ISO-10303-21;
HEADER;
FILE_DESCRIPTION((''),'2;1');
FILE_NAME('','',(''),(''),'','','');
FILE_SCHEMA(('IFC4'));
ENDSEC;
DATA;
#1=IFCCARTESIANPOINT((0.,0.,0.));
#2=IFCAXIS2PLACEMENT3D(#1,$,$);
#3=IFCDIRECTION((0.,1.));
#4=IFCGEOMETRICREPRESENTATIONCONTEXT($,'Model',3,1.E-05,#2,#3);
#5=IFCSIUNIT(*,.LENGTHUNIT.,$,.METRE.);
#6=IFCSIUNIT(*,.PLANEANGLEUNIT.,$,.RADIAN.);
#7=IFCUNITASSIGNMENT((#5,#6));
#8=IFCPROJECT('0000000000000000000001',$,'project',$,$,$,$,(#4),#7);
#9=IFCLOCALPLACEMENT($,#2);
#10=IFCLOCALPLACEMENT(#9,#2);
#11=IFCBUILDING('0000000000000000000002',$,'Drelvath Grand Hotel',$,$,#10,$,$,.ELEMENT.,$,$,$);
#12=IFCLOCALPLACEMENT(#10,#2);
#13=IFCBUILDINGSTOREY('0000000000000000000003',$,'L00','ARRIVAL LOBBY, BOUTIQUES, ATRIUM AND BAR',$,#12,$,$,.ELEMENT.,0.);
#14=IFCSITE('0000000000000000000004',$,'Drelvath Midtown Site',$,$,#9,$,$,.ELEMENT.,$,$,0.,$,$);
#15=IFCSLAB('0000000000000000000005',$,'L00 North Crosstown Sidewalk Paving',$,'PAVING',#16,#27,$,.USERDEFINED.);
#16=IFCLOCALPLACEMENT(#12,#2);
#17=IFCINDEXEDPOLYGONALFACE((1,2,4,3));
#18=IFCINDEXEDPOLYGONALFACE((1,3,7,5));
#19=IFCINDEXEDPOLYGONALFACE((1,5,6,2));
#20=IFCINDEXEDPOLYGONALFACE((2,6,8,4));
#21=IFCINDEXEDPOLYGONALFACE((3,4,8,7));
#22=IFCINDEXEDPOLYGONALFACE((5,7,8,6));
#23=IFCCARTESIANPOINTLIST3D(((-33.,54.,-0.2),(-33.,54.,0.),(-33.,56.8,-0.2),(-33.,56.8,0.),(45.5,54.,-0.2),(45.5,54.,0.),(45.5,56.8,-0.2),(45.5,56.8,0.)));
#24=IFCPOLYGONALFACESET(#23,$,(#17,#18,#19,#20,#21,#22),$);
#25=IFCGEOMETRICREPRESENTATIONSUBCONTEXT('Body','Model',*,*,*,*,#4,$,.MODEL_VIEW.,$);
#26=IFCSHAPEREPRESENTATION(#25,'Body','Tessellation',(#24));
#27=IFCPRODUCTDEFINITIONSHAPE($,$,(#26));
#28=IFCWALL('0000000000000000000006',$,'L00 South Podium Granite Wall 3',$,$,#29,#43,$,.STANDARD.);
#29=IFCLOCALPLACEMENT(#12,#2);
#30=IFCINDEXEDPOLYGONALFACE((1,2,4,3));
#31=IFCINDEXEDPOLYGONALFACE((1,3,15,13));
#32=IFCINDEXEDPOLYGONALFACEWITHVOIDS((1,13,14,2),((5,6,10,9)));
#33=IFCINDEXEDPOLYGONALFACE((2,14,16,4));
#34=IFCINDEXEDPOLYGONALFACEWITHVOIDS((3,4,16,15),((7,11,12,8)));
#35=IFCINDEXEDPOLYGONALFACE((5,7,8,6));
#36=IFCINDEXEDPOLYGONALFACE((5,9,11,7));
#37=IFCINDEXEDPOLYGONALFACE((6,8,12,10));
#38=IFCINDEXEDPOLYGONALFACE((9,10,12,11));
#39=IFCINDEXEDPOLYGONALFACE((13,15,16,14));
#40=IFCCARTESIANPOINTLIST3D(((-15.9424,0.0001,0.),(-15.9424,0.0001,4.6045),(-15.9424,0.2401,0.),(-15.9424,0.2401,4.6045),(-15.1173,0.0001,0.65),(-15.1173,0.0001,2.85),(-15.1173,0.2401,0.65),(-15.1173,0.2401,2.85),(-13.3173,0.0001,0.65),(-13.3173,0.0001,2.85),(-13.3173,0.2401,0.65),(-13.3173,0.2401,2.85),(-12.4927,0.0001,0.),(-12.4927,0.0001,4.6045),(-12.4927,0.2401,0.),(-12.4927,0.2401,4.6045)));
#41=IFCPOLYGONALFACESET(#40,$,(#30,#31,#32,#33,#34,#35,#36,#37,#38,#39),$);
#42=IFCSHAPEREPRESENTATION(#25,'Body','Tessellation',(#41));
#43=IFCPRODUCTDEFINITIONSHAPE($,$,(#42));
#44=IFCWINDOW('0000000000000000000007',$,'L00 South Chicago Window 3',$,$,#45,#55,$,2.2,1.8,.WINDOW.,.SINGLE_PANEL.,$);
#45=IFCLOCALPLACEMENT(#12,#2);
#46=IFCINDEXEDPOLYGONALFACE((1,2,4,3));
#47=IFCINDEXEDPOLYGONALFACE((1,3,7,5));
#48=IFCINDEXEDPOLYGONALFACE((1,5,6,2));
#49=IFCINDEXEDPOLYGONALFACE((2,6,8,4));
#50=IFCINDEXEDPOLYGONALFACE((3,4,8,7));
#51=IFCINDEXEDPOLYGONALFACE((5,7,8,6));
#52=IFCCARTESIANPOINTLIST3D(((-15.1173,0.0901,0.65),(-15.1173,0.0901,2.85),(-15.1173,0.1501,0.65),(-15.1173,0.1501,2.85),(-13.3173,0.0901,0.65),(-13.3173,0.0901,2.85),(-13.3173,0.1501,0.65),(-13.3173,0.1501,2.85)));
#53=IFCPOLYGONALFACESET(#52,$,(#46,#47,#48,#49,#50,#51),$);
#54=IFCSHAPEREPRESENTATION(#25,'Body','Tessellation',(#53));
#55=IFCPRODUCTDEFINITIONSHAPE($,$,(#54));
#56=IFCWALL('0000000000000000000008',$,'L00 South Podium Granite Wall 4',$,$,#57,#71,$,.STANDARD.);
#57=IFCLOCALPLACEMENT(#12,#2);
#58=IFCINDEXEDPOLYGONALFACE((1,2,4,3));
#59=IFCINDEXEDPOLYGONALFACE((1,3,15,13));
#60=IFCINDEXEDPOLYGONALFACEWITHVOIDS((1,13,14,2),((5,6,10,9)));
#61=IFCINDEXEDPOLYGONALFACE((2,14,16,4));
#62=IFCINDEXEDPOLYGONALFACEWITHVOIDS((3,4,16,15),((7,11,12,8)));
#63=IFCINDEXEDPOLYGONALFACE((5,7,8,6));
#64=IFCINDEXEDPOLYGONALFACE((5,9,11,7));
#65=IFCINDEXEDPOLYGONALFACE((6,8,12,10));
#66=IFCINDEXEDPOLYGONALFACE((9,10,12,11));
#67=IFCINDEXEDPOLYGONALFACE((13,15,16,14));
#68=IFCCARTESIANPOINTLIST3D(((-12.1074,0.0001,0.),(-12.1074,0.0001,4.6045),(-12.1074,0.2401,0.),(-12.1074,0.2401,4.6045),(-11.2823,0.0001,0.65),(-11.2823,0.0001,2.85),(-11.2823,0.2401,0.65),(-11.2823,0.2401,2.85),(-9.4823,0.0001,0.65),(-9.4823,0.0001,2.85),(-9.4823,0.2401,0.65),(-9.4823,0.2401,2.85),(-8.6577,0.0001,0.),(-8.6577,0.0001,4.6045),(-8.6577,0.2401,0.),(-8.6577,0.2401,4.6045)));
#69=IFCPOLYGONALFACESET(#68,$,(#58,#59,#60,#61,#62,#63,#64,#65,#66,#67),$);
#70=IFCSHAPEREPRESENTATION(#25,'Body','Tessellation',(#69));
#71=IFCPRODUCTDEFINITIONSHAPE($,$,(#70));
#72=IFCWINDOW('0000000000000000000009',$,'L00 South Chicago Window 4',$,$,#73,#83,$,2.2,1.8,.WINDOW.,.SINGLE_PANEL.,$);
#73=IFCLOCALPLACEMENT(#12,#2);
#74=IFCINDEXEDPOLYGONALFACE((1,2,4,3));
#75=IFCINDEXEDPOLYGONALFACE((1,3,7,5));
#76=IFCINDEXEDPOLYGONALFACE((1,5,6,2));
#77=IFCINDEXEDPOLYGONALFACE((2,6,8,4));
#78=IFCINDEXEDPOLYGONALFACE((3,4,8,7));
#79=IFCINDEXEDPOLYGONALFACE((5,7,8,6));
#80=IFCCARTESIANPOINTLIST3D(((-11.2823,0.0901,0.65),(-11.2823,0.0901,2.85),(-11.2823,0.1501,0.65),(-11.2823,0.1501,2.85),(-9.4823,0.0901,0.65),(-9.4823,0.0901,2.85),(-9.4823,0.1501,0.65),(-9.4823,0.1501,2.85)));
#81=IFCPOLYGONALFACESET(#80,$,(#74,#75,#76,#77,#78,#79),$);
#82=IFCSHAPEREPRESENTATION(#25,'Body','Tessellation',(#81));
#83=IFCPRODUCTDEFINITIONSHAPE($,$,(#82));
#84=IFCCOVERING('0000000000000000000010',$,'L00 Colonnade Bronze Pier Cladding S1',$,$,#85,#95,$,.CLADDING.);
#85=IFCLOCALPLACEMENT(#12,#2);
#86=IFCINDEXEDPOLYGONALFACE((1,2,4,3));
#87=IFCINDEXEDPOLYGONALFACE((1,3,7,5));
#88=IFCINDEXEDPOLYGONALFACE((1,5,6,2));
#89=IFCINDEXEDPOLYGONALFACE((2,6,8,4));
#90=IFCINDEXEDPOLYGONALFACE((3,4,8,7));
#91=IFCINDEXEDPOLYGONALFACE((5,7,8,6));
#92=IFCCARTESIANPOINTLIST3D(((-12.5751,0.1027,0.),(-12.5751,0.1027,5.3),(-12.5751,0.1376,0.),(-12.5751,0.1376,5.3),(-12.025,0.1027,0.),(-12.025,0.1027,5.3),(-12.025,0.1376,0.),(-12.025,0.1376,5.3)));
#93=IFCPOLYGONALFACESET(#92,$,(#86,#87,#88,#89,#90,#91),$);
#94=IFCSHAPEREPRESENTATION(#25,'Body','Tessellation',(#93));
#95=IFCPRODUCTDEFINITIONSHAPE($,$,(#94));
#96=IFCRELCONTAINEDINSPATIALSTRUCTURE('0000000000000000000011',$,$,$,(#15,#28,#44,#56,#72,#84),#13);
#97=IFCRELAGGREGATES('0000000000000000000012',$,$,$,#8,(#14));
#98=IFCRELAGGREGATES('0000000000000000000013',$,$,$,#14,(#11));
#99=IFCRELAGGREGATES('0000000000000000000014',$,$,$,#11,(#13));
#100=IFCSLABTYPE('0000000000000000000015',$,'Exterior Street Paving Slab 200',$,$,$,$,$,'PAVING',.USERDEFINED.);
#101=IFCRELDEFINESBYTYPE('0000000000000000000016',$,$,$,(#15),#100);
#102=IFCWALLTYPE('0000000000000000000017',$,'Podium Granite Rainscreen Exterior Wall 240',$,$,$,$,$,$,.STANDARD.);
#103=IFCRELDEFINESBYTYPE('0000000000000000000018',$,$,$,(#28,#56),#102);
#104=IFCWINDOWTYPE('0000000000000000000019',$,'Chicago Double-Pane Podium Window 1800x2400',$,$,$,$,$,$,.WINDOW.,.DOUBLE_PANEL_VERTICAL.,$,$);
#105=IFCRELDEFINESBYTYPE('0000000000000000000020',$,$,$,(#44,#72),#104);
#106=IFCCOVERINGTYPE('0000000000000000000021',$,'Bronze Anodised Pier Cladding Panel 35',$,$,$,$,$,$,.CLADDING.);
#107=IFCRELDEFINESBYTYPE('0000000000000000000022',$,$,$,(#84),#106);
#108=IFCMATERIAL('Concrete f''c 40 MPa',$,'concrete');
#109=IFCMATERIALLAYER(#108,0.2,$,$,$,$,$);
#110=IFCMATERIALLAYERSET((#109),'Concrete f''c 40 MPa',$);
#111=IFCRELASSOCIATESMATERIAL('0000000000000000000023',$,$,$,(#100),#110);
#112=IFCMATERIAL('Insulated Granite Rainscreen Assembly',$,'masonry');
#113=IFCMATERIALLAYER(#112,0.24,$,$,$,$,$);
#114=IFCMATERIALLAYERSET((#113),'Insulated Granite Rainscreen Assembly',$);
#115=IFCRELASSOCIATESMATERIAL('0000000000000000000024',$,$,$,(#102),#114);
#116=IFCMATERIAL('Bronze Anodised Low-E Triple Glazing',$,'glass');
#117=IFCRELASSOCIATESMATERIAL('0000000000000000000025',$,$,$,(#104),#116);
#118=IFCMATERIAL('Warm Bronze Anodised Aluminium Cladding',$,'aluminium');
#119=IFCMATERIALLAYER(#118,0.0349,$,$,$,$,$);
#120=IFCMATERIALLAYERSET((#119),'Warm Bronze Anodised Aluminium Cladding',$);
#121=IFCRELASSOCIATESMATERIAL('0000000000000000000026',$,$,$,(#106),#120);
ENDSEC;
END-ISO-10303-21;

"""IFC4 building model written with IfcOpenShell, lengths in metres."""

from ifc_helpers import new_model, si_unit, direction, frame, frame_2d, origin, origin_2d, place, context, subcontext, project, spatial, polyline, rectangle, outline, extrude, material, layer, layer_set, type_object, element, fill, save


model = new_model("IFC4")

# Units and contexts
model_context = context("Model", 3, precision=1e-05, world=origin(), true_north=direction((0.0, 1.0)))
body_context = subcontext(model_context, "Body", "Model", "MODEL_VIEW")
ifc_project = project(units=[si_unit("LENGTHUNIT", "METRE"), si_unit("PLANEANGLEUNIT", "RADIAN")], contexts=[model_context])

# Site, building, storey
site_placement = place(None, origin())
site = spatial("IfcSite", under=ifc_project, at=site_placement, Name="Drelvath Midtown Site", CompositionType="ELEMENT", RefElevation=0.0)
building_placement = place(site_placement, origin())
building = spatial("IfcBuilding", under=site, at=building_placement, Name="Drelvath Grand Hotel", CompositionType="ELEMENT")
storey_placement = place(building_placement, origin())
storey = spatial("IfcBuildingStorey", under=building, at=storey_placement, Name="L00", Description="ARRIVAL LOBBY, BOUTIQUES, ATRIUM AND BAR", CompositionType="ELEMENT", Elevation=0.0)

# Shared definitions
ifc_material_1 = material(Name="Concrete f'c 40 MPa", Category="concrete")

# Slab
ifc_layer_1 = layer(ifc_material_1, 0.2)
ifc_layer_set_1 = layer_set([ifc_layer_1], Name="Concrete f'c 40 MPa")
slab_type_1 = type_object("IfcSlabType", Name="Exterior Street Paving Slab 200", ElementType="PAVING", PredefinedType="USERDEFINED", material=ifc_layer_set_1)
slab_1_placement = place(storey_placement, frame((0.0, 0.0, -0.2)))
element("IfcSlab", 1, at=slab_1_placement, inside=storey, type_object=slab_type_1, Name="L00 North Crosstown Sidewalk Paving", ObjectType="PAVING", PredefinedType="USERDEFINED", context=body_context, shape_type="SweptSolid", body=[
    extrude(outline(polyline([(-33.0, 54.0), (45.5, 54.0), (45.5, 56.8), (-33.0, 56.8), (-33.0, 54.0)])), origin(), (0.0, 0.0, 1.0), 0.2),
])

# Walls, openings, windows
ifc_material_2 = material(Name="Insulated Granite Rainscreen Assembly", Category="masonry")
ifc_layer_2 = layer(ifc_material_2, 0.24)
ifc_layer_set_2 = layer_set([ifc_layer_2], Name="Insulated Granite Rainscreen Assembly")
wall_type = type_object("IfcWallType", Name="Podium Granite Rainscreen Exterior Wall 240", PredefinedType="STANDARD", material=ifc_layer_set_2)
wall_1_placement = place(storey_placement, frame((-12.4927, 0.1201, 0.0), z_axis=(0.0, 0.0, 1.0), x_axis=(-1.0, 0.0, 0.0)))
wall_1 = element("IfcWall", 2, at=wall_1_placement, inside=storey, type_object=wall_type, Name="L00 South Podium Granite Wall 3", PredefinedType="STANDARD", context=body_context, shape_type="SweptSolid", body=[
    extrude(rectangle(XDim=3.4497, YDim=0.24, at=frame_2d((1.7249, 0.0))), origin(), (0.0, 0.0, 1.0), 4.6045),
])
opening_1_placement = place(wall_1_placement, frame((0.8247, 0.0, 0.6499)))
opening_1 = element("IfcOpeningElement", 3, at=opening_1_placement, cuts=wall_1, PredefinedType="OPENING", context=body_context, shape_type="SweptSolid", body=[
    extrude(rectangle(XDim=1.8, YDim=2.2, at=frame_2d((0.8999, 1.1001))), frame((0.0, 0.1299, 0.0), z_axis=(0.0, -1.0, 0.0), x_axis=(1.0, 0.0, 0.0)), (0.0, 0.0, 1.0), 0.26),
])
ifc_material_3 = material(Name="Bronze Anodised Low-E Triple Glazing", Category="glass")
window_type = type_object("IfcWindowType", Name="Chicago Double-Pane Podium Window 1800x2400", PartitioningType="DOUBLE_PANEL_VERTICAL", PredefinedType="WINDOW", material=ifc_material_3)
window_1_placement = place(opening_1_placement, origin())
window_1 = element("IfcWindow", 4, at=window_1_placement, inside=storey, type_object=window_type, Name="L00 South Chicago Window 3", OverallHeight=2.2, OverallWidth=1.8, PartitioningType="SINGLE_PANEL", PredefinedType="WINDOW", context=body_context, shape_type="SweptSolid", body=[
    extrude(rectangle(XDim=1.8, YDim=2.2, at=frame_2d((0.8999, 1.1001))), frame((0.0, 0.03, 0.0), z_axis=(0.0, -1.0, 0.0), x_axis=(1.0, 0.0, 0.0)), (0.0, 0.0, 1.0), 0.0601),
])
fill(opening_1, window_1)
wall_2_placement = place(storey_placement, frame((-8.6577, 0.1201, 0.0), z_axis=(0.0, 0.0, 1.0), x_axis=(-1.0, 0.0, 0.0)))
wall_2 = element("IfcWall", 5, at=wall_2_placement, inside=storey, type_object=wall_type, Name="L00 South Podium Granite Wall 4", PredefinedType="STANDARD", context=body_context, shape_type="SweptSolid", body=[
    extrude(rectangle(XDim=3.4497, YDim=0.24, at=frame_2d((1.7249, 0.0))), origin(), (0.0, 0.0, 1.0), 4.6045),
])
opening_2_placement = place(wall_2_placement, frame((0.8247, 0.0, 0.6499)))
opening_2 = element("IfcOpeningElement", 6, at=opening_2_placement, cuts=wall_2, PredefinedType="OPENING", context=body_context, shape_type="SweptSolid", body=[
    extrude(rectangle(XDim=1.8, YDim=2.2, at=frame_2d((0.8999, 1.1001))), frame((0.0, 0.1299, 0.0), z_axis=(0.0, -1.0, 0.0), x_axis=(1.0, 0.0, 0.0)), (0.0, 0.0, 1.0), 0.26),
])
window_2_placement = place(opening_2_placement, origin())
window_2 = element("IfcWindow", 7, at=window_2_placement, inside=storey, type_object=window_type, Name="L00 South Chicago Window 4", OverallHeight=2.2, OverallWidth=1.8, PartitioningType="SINGLE_PANEL", PredefinedType="WINDOW", context=body_context, shape_type="SweptSolid", body=[
    extrude(rectangle(XDim=1.8, YDim=2.2, at=frame_2d((0.8999, 1.1001))), frame((0.0, 0.03, 0.0), z_axis=(0.0, -1.0, 0.0), x_axis=(1.0, 0.0, 0.0)), (0.0, 0.0, 1.0), 0.0601),
])
fill(opening_2, window_2)

# Covering
ifc_material_4 = material(Name="Warm Bronze Anodised Aluminium Cladding", Category="aluminium")
ifc_layer_3 = layer(ifc_material_4, 0.0349)
ifc_layer_set_3 = layer_set([ifc_layer_3], Name="Warm Bronze Anodised Aluminium Cladding")
covering_type = type_object("IfcCoveringType", Name="Bronze Anodised Pier Cladding Panel 35", PredefinedType="CLADDING", material=ifc_layer_set_3)
covering_placement = place(storey_placement, frame((-12.3, 0.1201, 0.0), z_axis=(0.0, 0.0, 1.0), x_axis=(1.0, 0.0, 0.0)))
element("IfcCovering", 8, at=covering_placement, inside=storey, type_object=covering_type, Name="L00 Colonnade Bronze Pier Cladding S1", PredefinedType="CLADDING", context=body_context, shape_type="SweptSolid", body=[
    extrude(rectangle(XDim=0.55, YDim=0.0349, at=origin_2d()), origin(), (0.0, 0.0, 1.0), 5.3),
])

save(model, "model.ifc")
